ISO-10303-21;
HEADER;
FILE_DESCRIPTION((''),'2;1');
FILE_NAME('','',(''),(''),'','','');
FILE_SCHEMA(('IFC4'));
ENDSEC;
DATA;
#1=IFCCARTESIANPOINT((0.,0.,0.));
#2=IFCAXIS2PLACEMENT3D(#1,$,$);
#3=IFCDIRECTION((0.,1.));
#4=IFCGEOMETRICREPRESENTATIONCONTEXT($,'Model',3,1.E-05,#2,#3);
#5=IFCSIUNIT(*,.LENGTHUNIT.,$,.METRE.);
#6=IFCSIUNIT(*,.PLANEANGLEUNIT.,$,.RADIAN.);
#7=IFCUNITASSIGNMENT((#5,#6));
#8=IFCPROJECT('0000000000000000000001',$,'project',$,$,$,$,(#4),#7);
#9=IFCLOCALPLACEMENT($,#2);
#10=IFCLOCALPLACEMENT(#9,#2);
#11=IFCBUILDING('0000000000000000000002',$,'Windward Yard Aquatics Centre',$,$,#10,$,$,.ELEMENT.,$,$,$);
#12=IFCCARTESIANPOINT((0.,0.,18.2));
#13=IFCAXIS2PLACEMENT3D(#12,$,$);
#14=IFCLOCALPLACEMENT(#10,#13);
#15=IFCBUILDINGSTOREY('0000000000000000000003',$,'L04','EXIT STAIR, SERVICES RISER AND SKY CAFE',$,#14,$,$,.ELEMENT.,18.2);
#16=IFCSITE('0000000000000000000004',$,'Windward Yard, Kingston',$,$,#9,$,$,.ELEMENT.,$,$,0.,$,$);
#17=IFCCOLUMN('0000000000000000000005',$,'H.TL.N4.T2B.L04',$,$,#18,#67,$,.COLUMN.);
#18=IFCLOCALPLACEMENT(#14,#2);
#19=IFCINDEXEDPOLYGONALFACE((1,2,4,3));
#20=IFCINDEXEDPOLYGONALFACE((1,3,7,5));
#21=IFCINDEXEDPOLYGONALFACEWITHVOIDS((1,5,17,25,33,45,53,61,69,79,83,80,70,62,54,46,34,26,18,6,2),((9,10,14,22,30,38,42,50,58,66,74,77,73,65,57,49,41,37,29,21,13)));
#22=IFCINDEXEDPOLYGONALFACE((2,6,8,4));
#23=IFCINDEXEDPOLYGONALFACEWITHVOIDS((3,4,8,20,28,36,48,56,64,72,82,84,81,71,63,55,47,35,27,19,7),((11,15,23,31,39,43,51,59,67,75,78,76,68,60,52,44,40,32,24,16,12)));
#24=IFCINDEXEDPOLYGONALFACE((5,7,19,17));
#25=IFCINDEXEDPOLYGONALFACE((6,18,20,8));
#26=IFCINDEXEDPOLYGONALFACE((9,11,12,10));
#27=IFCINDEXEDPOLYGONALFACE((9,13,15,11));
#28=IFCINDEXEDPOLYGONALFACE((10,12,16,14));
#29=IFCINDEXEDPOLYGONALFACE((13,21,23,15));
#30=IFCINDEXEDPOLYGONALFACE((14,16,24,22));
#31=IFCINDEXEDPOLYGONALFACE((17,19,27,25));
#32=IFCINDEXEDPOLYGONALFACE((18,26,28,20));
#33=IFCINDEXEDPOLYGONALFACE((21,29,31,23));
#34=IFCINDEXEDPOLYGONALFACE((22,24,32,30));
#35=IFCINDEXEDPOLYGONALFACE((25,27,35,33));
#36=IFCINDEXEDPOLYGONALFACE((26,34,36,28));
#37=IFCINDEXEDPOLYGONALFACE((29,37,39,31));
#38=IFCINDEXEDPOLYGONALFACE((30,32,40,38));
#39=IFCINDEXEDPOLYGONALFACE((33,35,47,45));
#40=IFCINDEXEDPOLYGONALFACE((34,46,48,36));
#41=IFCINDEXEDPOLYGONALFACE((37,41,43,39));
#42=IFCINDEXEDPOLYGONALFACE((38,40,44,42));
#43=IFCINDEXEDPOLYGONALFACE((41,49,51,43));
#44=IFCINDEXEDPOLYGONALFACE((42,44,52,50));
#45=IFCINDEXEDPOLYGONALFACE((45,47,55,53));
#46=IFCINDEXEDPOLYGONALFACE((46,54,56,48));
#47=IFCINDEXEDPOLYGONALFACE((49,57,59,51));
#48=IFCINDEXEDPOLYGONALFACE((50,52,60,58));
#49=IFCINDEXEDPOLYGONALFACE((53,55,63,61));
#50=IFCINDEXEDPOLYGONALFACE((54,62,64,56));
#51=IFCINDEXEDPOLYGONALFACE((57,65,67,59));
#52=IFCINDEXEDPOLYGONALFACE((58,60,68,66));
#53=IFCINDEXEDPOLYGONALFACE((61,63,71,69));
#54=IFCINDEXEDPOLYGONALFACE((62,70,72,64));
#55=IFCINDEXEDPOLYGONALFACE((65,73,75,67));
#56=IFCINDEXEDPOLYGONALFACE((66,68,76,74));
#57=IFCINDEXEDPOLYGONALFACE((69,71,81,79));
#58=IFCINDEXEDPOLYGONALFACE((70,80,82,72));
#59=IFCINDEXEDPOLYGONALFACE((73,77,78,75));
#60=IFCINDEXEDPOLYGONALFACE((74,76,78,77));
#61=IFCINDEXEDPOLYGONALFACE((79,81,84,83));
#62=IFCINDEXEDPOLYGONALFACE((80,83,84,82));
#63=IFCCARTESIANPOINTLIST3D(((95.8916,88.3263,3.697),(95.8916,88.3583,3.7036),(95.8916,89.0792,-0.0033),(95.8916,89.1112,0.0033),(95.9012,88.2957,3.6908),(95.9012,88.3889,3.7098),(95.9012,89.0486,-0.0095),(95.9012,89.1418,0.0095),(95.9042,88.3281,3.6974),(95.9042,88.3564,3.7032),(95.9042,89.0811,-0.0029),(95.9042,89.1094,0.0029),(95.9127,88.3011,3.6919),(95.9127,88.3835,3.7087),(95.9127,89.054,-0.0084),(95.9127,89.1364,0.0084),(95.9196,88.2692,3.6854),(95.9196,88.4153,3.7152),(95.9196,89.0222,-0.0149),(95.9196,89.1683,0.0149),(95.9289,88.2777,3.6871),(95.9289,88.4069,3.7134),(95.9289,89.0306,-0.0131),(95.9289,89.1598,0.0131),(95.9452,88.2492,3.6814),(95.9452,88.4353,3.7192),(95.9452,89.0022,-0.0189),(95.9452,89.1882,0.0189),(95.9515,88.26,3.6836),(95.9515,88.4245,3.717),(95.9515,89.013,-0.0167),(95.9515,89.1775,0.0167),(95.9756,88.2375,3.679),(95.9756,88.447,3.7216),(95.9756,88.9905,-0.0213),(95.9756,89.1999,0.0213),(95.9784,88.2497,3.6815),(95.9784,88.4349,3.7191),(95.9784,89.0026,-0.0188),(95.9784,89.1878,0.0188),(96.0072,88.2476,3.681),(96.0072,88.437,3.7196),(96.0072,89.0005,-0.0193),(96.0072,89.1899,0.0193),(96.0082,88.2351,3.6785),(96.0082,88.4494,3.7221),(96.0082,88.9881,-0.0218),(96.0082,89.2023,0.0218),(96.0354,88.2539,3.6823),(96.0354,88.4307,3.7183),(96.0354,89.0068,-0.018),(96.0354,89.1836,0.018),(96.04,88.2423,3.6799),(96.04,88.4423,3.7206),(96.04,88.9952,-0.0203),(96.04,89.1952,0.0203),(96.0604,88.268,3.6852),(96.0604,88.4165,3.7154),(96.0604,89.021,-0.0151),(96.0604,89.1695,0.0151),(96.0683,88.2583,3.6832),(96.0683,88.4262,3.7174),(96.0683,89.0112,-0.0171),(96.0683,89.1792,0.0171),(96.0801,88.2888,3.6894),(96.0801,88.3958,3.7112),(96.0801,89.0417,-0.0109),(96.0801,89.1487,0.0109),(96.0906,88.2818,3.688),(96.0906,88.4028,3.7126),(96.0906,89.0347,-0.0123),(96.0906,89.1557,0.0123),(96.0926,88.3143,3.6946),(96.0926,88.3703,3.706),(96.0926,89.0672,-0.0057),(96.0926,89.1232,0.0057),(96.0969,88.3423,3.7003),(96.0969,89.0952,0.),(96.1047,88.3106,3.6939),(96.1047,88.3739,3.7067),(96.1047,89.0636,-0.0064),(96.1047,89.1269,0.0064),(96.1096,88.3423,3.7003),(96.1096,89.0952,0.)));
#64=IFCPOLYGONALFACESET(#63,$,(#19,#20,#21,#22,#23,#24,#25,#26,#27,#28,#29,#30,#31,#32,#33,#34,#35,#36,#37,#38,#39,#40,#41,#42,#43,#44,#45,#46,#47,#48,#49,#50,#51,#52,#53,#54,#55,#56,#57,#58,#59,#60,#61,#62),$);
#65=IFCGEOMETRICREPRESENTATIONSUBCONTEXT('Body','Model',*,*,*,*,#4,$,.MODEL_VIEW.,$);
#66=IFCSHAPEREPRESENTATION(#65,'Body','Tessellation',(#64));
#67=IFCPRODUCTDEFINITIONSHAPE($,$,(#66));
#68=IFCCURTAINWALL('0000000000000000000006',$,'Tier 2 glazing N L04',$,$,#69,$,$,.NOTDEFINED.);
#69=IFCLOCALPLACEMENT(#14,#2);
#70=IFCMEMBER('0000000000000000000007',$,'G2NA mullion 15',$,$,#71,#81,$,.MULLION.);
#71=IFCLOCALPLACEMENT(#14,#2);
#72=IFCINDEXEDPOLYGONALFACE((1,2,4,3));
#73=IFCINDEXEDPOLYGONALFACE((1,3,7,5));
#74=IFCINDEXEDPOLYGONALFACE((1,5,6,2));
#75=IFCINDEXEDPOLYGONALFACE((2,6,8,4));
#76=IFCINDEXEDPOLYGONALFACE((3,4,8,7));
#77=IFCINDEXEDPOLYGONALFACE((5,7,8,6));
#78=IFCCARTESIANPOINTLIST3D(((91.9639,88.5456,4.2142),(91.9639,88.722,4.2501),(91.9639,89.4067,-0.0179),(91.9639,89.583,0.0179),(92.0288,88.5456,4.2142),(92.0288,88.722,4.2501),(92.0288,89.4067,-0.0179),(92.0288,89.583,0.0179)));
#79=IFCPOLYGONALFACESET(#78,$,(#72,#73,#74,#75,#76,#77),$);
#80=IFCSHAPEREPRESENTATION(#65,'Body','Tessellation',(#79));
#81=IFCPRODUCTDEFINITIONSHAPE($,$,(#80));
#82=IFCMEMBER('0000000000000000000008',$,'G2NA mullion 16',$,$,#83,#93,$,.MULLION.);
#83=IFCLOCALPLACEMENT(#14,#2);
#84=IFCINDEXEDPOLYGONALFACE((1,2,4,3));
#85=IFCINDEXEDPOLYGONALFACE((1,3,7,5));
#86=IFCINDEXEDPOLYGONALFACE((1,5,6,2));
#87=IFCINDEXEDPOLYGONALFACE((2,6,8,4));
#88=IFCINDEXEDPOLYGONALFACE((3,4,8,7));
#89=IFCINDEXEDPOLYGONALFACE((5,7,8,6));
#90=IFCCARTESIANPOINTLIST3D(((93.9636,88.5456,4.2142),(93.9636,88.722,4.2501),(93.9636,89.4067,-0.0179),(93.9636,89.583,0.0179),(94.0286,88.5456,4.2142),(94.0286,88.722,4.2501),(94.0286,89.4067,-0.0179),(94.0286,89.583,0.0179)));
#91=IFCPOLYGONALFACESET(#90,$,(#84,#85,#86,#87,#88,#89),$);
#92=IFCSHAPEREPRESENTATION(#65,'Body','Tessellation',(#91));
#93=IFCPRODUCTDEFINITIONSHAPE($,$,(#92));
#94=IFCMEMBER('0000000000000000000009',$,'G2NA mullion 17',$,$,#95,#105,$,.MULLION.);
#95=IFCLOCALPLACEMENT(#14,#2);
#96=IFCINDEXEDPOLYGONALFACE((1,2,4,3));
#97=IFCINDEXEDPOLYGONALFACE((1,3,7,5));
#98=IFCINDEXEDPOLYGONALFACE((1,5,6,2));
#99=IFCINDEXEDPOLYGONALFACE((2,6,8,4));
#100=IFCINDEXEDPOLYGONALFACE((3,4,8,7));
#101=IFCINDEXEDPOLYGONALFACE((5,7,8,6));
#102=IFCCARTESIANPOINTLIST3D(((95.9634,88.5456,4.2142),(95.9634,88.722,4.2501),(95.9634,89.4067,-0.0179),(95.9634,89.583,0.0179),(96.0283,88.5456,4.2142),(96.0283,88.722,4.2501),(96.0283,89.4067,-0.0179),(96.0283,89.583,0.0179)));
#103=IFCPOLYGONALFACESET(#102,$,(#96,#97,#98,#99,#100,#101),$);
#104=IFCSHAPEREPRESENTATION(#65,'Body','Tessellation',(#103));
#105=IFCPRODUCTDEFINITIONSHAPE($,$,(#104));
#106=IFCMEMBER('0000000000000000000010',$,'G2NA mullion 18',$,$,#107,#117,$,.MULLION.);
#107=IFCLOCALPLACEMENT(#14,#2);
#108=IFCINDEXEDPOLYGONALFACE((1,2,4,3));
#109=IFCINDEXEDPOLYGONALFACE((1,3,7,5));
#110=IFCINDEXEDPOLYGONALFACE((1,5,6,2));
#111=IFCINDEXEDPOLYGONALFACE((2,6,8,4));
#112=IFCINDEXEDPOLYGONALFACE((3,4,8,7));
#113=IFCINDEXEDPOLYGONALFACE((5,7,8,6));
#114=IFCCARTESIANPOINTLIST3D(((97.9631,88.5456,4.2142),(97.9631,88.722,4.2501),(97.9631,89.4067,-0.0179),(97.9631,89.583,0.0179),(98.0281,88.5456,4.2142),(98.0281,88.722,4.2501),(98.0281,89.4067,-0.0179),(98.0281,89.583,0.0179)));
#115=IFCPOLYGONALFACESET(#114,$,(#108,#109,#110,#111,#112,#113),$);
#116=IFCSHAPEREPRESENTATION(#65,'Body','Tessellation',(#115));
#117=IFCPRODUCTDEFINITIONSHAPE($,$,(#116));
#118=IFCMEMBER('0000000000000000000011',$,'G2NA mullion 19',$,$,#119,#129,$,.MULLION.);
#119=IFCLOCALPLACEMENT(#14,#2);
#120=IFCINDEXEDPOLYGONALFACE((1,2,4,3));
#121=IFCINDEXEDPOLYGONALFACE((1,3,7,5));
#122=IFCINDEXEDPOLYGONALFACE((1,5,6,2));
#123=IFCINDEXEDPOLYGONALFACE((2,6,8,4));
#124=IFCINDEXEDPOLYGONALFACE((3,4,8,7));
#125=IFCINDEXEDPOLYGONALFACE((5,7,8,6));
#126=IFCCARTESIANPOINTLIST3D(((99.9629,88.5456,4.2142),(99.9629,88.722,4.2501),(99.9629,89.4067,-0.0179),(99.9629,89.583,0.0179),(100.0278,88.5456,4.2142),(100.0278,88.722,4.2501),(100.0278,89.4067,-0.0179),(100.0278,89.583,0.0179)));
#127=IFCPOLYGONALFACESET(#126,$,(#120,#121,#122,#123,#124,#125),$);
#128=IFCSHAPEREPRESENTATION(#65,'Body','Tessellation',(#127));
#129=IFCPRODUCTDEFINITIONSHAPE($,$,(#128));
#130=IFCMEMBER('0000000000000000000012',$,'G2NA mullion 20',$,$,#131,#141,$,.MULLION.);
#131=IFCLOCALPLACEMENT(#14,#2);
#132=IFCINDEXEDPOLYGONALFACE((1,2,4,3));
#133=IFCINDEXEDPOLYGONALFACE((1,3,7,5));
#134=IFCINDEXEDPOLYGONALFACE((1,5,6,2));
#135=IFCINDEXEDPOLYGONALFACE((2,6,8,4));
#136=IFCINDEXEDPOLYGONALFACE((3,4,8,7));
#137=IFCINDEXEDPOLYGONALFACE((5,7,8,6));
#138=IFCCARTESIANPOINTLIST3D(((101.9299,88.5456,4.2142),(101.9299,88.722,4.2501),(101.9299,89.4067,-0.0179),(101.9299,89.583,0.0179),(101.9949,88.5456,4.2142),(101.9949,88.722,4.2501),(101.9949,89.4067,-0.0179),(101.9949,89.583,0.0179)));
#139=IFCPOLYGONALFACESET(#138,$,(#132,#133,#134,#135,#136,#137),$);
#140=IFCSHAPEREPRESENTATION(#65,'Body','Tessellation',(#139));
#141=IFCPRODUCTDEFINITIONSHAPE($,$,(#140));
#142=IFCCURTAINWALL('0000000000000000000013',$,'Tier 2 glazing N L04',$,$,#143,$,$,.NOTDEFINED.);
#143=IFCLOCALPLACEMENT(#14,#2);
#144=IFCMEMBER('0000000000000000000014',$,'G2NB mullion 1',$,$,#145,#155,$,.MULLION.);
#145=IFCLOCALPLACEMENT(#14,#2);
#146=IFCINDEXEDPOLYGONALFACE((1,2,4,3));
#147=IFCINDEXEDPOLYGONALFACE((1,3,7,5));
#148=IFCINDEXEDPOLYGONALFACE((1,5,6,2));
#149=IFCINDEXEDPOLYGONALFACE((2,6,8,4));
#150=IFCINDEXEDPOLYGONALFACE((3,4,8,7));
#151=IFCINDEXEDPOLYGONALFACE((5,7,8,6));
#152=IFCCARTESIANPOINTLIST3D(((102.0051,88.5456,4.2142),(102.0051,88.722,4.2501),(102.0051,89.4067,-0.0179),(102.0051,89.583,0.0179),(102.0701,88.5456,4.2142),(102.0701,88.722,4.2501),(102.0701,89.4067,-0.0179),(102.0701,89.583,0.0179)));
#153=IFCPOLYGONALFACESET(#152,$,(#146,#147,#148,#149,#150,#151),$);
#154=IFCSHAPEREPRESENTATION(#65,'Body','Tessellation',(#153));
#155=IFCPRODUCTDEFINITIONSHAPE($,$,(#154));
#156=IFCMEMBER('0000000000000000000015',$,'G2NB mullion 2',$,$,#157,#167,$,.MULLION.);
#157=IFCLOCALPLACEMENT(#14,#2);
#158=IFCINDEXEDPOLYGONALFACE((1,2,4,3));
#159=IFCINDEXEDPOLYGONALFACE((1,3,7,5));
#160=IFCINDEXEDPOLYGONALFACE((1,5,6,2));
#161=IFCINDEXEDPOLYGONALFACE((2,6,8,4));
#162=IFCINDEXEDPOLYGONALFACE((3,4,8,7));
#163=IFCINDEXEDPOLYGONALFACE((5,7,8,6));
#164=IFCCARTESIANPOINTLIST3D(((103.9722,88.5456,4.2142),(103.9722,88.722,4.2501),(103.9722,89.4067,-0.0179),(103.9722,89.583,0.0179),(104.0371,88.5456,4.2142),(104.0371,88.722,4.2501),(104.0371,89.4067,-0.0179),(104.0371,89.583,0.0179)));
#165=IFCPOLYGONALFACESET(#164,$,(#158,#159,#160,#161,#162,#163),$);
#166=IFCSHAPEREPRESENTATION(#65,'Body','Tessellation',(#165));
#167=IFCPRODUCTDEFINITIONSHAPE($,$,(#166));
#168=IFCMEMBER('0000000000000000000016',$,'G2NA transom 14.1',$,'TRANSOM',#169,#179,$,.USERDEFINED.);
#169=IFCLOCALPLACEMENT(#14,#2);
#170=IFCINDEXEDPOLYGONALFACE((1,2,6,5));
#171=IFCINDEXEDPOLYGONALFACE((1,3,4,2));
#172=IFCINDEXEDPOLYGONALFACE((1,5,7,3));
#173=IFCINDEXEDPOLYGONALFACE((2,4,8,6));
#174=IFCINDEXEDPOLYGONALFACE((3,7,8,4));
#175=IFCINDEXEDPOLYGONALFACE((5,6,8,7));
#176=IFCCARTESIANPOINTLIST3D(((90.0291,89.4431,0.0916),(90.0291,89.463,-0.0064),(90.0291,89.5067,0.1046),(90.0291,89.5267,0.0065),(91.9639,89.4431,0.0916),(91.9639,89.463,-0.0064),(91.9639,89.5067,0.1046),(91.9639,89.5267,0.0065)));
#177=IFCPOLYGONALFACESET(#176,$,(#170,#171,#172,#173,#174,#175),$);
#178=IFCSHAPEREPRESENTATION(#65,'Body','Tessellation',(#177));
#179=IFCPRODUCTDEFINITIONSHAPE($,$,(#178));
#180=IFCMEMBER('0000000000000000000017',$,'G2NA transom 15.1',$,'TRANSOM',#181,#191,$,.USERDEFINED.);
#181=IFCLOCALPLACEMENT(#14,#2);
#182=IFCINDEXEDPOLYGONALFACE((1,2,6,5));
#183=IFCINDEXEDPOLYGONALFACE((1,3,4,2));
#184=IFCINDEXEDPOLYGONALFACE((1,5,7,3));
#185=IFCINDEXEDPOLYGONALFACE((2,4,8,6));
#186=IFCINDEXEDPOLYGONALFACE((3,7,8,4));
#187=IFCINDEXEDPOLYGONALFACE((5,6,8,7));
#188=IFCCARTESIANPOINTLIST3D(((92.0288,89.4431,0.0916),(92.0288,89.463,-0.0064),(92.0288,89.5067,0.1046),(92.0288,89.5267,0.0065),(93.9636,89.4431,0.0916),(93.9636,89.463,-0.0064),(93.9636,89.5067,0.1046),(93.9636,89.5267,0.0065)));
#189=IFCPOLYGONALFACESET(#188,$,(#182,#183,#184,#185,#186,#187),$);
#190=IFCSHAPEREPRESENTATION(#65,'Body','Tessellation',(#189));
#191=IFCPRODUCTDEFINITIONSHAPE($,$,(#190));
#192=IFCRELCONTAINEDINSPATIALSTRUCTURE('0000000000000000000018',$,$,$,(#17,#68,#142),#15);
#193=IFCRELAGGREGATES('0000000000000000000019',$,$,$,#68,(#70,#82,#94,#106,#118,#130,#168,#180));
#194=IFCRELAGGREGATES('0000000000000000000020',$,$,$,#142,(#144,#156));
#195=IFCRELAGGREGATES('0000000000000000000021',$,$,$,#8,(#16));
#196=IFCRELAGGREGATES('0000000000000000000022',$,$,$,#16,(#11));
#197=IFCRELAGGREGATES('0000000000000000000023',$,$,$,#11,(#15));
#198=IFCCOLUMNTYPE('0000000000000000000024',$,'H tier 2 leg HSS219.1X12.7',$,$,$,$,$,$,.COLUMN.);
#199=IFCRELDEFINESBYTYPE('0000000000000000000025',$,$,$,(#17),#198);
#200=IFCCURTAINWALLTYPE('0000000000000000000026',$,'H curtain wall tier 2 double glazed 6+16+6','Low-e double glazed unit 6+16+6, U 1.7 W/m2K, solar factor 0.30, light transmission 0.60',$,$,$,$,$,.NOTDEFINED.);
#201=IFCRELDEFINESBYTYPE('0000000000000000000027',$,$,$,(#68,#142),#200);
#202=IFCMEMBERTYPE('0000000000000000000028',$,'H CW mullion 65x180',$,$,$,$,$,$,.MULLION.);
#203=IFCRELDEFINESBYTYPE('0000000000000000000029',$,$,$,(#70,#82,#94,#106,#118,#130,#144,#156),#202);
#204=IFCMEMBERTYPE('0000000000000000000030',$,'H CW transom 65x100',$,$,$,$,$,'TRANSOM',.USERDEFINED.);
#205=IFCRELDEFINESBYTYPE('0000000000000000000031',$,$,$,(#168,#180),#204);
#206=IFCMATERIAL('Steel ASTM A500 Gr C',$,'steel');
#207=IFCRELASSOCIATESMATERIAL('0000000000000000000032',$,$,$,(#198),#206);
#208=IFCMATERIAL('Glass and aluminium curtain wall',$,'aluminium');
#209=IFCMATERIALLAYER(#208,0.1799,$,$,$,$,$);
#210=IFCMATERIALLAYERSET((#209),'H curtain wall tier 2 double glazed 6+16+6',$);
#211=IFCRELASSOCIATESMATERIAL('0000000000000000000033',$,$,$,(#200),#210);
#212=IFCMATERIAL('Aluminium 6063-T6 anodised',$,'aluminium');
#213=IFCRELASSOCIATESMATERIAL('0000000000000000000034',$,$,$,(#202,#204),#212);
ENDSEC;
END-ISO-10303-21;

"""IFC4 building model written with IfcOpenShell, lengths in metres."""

from ifc_helpers import new_model, si_unit, direction, frame, origin, origin_2d, place, context, subcontext, project, spatial, rectangle, hollow_circle, extrude, material, layer, layer_set, material_profile, profile_set, type_object, element, aggregate, save


model = new_model("IFC4")

# Units and contexts
model_context = context("Model", 3, precision=1e-05, world=origin(), true_north=direction((0.0, 1.0)))
body_context = subcontext(model_context, "Body", "Model", "MODEL_VIEW")
ifc_project = project(units=[si_unit("LENGTHUNIT", "METRE"), si_unit("PLANEANGLEUNIT", "RADIAN")], contexts=[model_context])

# Site, building, storey
site_placement = place(None, origin())
site = spatial("IfcSite", under=ifc_project, at=site_placement, Name="Windward Yard, Kingston", CompositionType="ELEMENT", RefElevation=0.0)
building_placement = place(site_placement, origin())
building = spatial("IfcBuilding", under=site, at=building_placement, Name="Windward Yard Aquatics Centre", CompositionType="ELEMENT")
storey_placement = place(building_placement, frame((0.0, 0.0, 18.2)))
storey = spatial("IfcBuildingStorey", under=building, at=storey_placement, Name="L04", Description="EXIT STAIR, SERVICES RISER AND SKY CAFE", CompositionType="ELEMENT", Elevation=18.2)

# Column
ifc_material_1 = material(Name="Steel ASTM A500 Gr C", Category="steel")
ifc_material_profile_1 = material_profile(ifc_material_1, hollow_circle(Radius=0.1096, WallThickness=0.0127, at=origin_2d()), Name="HSS219.1X12.7")
ifc_profile_set_1 = profile_set([ifc_material_profile_1], Name="Steel ASTM A500 Gr C")
column_type = type_object("IfcColumnType", Name="H tier 2 leg HSS219.1X12.7", PredefinedType="COLUMN", material=ifc_profile_set_1)
column_placement = place(storey_placement, frame((96.0, 89.0952, 0.0), z_axis=(0.0, -0.199398, 0.979919), x_axis=(1.0, 0.0, 0.0)))
element("IfcColumn", 1, at=column_placement, inside=storey, type_object=column_type, Name="H.TL.N4.T2B.L04", PredefinedType="COLUMN", context=body_context, shape_type="SweptSolid", body=[
    extrude(hollow_circle(Radius=0.1096, WallThickness=0.0127, at=origin_2d()), origin(), (0.0, 0.0, 1.0), 3.7761),
])

# Curtain walls, members
ifc_material_2 = material(Name="Glass and aluminium curtain wall", Category="aluminium")
ifc_layer_1 = layer(ifc_material_2, 0.1799)
ifc_layer_set_1 = layer_set([ifc_layer_1], Name="H curtain wall tier 2 double glazed 6+16+6")
curtain_wall_type = type_object("IfcCurtainWallType", Name="H curtain wall tier 2 double glazed 6+16+6", Description="Low-e double glazed unit 6+16+6, U 1.7 W/m2K, solar factor 0.30, light transmission 0.60", PredefinedType="NOTDEFINED", material=ifc_layer_set_1)
curtain_wall_1_placement = place(storey_placement, origin())
curtain_wall_1 = element("IfcCurtainWall", 2, at=curtain_wall_1_placement, inside=storey, type_object=curtain_wall_type, Name="Tier 2 glazing N L04", PredefinedType="NOTDEFINED")
ifc_material_3 = material(Name="Aluminium 6063-T6 anodised", Category="aluminium")
ifc_material_profile_2 = material_profile(ifc_material_3, rectangle(XDim=0.0649, YDim=0.1799, at=origin_2d()), Name="H CW mullion 65x180")
ifc_profile_set_2 = profile_set([ifc_material_profile_2], Name="Aluminium 6063-T6 anodised")
member_type_1 = type_object("IfcMemberType", Name="H CW mullion 65x180", PredefinedType="MULLION", material=ifc_profile_set_2)
member_1_placement = place(storey_placement, frame((91.9963, 89.4949, 0.0), z_axis=(0.0, -0.199376, 0.979923), x_axis=(1.0, 0.0, 0.0)))
member_1 = element("IfcMember", 3, at=member_1_placement, type_object=member_type_1, Name="G2NA mullion 15", PredefinedType="MULLION", context=body_context, shape_type="SweptSolid", body=[
    extrude(rectangle(XDim=0.0649, YDim=0.1799, at=origin_2d()), origin(), (0.0, 0.0, 1.0), 4.3188),
])
member_2_placement = place(storey_placement, frame((93.9961, 89.4949, 0.0), z_axis=(0.0, -0.199376, 0.979923), x_axis=(1.0, 0.0, 0.0)))
member_2 = element("IfcMember", 4, at=member_2_placement, type_object=member_type_1, Name="G2NA mullion 16", PredefinedType="MULLION", context=body_context, shape_type="SweptSolid", body=[
    extrude(rectangle(XDim=0.0649, YDim=0.1799, at=origin_2d()), origin(), (0.0, 0.0, 1.0), 4.3188),
])
member_3_placement = place(storey_placement, frame((95.9958, 89.4949, 0.0), z_axis=(0.0, -0.199376, 0.979923), x_axis=(1.0, 0.0, 0.0)))
member_3 = element("IfcMember", 5, at=member_3_placement, type_object=member_type_1, Name="G2NA mullion 17", PredefinedType="MULLION", context=body_context, shape_type="SweptSolid", body=[
    extrude(rectangle(XDim=0.0649, YDim=0.1799, at=origin_2d()), origin(), (0.0, 0.0, 1.0), 4.3188),
])
member_4_placement = place(storey_placement, frame((97.9956, 89.4949, 0.0), z_axis=(0.0, -0.199376, 0.979923), x_axis=(1.0, 0.0, 0.0)))
member_4 = element("IfcMember", 6, at=member_4_placement, type_object=member_type_1, Name="G2NA mullion 18", PredefinedType="MULLION", context=body_context, shape_type="SweptSolid", body=[
    extrude(rectangle(XDim=0.0649, YDim=0.1799, at=origin_2d()), origin(), (0.0, 0.0, 1.0), 4.3188),
])
member_5_placement = place(storey_placement, frame((99.9954, 89.4949, 0.0), z_axis=(0.0, -0.199376, 0.979923), x_axis=(1.0, 0.0, 0.0)))
member_5 = element("IfcMember", 7, at=member_5_placement, type_object=member_type_1, Name="G2NA mullion 19", PredefinedType="MULLION", context=body_context, shape_type="SweptSolid", body=[
    extrude(rectangle(XDim=0.0649, YDim=0.1799, at=origin_2d()), origin(), (0.0, 0.0, 1.0), 4.3188),
])
member_6_placement = place(storey_placement, frame((101.9624, 89.4949, 0.0), z_axis=(0.0, -0.199376, 0.979923), x_axis=(1.0, 0.0, 0.0)))
member_6 = element("IfcMember", 8, at=member_6_placement, type_object=member_type_1, Name="G2NA mullion 20", PredefinedType="MULLION", context=body_context, shape_type="SweptSolid", body=[
    extrude(rectangle(XDim=0.0649, YDim=0.1799, at=origin_2d()), origin(), (0.0, 0.0, 1.0), 4.3188),
])
curtain_wall_2_placement = place(storey_placement, origin())
curtain_wall_2 = element("IfcCurtainWall", 9, at=curtain_wall_2_placement, inside=storey, type_object=curtain_wall_type, Name="Tier 2 glazing N L04", PredefinedType="NOTDEFINED")
member_7_placement = place(storey_placement, frame((102.0376, 89.4949, 0.0), z_axis=(0.0, -0.199376, 0.979923), x_axis=(1.0, 0.0, 0.0)))
member_7 = element("IfcMember", 10, at=member_7_placement, type_object=member_type_1, Name="G2NB mullion 1", PredefinedType="MULLION", context=body_context, shape_type="SweptSolid", body=[
    extrude(rectangle(XDim=0.0649, YDim=0.1799, at=origin_2d()), origin(), (0.0, 0.0, 1.0), 4.3188),
])
member_8_placement = place(storey_placement, frame((104.0046, 89.4949, 0.0), z_axis=(0.0, -0.199376, 0.979923), x_axis=(1.0, 0.0, 0.0)))
member_8 = element("IfcMember", 11, at=member_8_placement, type_object=member_type_1, Name="G2NB mullion 2", PredefinedType="MULLION", context=body_context, shape_type="SweptSolid", body=[
    extrude(rectangle(XDim=0.0649, YDim=0.1799, at=origin_2d()), origin(), (0.0, 0.0, 1.0), 4.3188),
])

# Members
ifc_material_profile_3 = material_profile(ifc_material_3, rectangle(XDim=0.0649, YDim=0.1001, at=origin_2d()), Name="H CW transom 65x100")
ifc_profile_set_3 = profile_set([ifc_material_profile_3], Name="Aluminium 6063-T6 anodised")
member_type_2 = type_object("IfcMemberType", Name="H CW transom 65x100", ElementType="TRANSOM", PredefinedType="USERDEFINED", material=ifc_profile_set_3)
member_9_placement = place(storey_placement, frame((90.0291, 89.4849, 0.0491), z_axis=(1.0, 0.0, 0.0), x_axis=(0.0, 0.979925, 0.199368)))
member_9 = element("IfcMember", 12, at=member_9_placement, type_object=member_type_2, Name="G2NA transom 14.1", ObjectType="TRANSOM", PredefinedType="USERDEFINED", context=body_context, shape_type="SweptSolid", body=[
    extrude(rectangle(XDim=0.0649, YDim=0.1001, at=origin_2d()), origin(), (0.0, 0.0, 1.0), 1.9348),
])
member_10_placement = place(storey_placement, frame((92.0288, 89.4849, 0.0491), z_axis=(1.0, 0.0, 0.0), x_axis=(0.0, 0.979925, 0.199368)))
member_10 = element("IfcMember", 13, at=member_10_placement, type_object=member_type_2, Name="G2NA transom 15.1", ObjectType="TRANSOM", PredefinedType="USERDEFINED", context=body_context, shape_type="SweptSolid", body=[
    extrude(rectangle(XDim=0.0649, YDim=0.1001, at=origin_2d()), origin(), (0.0, 0.0, 1.0), 1.9348),
])

aggregate(curtain_wall_1, [member_1, member_2, member_3, member_4, member_5, member_6, member_9, member_10])
aggregate(curtain_wall_2, [member_7, member_8])

save(model, "model.ifc")
